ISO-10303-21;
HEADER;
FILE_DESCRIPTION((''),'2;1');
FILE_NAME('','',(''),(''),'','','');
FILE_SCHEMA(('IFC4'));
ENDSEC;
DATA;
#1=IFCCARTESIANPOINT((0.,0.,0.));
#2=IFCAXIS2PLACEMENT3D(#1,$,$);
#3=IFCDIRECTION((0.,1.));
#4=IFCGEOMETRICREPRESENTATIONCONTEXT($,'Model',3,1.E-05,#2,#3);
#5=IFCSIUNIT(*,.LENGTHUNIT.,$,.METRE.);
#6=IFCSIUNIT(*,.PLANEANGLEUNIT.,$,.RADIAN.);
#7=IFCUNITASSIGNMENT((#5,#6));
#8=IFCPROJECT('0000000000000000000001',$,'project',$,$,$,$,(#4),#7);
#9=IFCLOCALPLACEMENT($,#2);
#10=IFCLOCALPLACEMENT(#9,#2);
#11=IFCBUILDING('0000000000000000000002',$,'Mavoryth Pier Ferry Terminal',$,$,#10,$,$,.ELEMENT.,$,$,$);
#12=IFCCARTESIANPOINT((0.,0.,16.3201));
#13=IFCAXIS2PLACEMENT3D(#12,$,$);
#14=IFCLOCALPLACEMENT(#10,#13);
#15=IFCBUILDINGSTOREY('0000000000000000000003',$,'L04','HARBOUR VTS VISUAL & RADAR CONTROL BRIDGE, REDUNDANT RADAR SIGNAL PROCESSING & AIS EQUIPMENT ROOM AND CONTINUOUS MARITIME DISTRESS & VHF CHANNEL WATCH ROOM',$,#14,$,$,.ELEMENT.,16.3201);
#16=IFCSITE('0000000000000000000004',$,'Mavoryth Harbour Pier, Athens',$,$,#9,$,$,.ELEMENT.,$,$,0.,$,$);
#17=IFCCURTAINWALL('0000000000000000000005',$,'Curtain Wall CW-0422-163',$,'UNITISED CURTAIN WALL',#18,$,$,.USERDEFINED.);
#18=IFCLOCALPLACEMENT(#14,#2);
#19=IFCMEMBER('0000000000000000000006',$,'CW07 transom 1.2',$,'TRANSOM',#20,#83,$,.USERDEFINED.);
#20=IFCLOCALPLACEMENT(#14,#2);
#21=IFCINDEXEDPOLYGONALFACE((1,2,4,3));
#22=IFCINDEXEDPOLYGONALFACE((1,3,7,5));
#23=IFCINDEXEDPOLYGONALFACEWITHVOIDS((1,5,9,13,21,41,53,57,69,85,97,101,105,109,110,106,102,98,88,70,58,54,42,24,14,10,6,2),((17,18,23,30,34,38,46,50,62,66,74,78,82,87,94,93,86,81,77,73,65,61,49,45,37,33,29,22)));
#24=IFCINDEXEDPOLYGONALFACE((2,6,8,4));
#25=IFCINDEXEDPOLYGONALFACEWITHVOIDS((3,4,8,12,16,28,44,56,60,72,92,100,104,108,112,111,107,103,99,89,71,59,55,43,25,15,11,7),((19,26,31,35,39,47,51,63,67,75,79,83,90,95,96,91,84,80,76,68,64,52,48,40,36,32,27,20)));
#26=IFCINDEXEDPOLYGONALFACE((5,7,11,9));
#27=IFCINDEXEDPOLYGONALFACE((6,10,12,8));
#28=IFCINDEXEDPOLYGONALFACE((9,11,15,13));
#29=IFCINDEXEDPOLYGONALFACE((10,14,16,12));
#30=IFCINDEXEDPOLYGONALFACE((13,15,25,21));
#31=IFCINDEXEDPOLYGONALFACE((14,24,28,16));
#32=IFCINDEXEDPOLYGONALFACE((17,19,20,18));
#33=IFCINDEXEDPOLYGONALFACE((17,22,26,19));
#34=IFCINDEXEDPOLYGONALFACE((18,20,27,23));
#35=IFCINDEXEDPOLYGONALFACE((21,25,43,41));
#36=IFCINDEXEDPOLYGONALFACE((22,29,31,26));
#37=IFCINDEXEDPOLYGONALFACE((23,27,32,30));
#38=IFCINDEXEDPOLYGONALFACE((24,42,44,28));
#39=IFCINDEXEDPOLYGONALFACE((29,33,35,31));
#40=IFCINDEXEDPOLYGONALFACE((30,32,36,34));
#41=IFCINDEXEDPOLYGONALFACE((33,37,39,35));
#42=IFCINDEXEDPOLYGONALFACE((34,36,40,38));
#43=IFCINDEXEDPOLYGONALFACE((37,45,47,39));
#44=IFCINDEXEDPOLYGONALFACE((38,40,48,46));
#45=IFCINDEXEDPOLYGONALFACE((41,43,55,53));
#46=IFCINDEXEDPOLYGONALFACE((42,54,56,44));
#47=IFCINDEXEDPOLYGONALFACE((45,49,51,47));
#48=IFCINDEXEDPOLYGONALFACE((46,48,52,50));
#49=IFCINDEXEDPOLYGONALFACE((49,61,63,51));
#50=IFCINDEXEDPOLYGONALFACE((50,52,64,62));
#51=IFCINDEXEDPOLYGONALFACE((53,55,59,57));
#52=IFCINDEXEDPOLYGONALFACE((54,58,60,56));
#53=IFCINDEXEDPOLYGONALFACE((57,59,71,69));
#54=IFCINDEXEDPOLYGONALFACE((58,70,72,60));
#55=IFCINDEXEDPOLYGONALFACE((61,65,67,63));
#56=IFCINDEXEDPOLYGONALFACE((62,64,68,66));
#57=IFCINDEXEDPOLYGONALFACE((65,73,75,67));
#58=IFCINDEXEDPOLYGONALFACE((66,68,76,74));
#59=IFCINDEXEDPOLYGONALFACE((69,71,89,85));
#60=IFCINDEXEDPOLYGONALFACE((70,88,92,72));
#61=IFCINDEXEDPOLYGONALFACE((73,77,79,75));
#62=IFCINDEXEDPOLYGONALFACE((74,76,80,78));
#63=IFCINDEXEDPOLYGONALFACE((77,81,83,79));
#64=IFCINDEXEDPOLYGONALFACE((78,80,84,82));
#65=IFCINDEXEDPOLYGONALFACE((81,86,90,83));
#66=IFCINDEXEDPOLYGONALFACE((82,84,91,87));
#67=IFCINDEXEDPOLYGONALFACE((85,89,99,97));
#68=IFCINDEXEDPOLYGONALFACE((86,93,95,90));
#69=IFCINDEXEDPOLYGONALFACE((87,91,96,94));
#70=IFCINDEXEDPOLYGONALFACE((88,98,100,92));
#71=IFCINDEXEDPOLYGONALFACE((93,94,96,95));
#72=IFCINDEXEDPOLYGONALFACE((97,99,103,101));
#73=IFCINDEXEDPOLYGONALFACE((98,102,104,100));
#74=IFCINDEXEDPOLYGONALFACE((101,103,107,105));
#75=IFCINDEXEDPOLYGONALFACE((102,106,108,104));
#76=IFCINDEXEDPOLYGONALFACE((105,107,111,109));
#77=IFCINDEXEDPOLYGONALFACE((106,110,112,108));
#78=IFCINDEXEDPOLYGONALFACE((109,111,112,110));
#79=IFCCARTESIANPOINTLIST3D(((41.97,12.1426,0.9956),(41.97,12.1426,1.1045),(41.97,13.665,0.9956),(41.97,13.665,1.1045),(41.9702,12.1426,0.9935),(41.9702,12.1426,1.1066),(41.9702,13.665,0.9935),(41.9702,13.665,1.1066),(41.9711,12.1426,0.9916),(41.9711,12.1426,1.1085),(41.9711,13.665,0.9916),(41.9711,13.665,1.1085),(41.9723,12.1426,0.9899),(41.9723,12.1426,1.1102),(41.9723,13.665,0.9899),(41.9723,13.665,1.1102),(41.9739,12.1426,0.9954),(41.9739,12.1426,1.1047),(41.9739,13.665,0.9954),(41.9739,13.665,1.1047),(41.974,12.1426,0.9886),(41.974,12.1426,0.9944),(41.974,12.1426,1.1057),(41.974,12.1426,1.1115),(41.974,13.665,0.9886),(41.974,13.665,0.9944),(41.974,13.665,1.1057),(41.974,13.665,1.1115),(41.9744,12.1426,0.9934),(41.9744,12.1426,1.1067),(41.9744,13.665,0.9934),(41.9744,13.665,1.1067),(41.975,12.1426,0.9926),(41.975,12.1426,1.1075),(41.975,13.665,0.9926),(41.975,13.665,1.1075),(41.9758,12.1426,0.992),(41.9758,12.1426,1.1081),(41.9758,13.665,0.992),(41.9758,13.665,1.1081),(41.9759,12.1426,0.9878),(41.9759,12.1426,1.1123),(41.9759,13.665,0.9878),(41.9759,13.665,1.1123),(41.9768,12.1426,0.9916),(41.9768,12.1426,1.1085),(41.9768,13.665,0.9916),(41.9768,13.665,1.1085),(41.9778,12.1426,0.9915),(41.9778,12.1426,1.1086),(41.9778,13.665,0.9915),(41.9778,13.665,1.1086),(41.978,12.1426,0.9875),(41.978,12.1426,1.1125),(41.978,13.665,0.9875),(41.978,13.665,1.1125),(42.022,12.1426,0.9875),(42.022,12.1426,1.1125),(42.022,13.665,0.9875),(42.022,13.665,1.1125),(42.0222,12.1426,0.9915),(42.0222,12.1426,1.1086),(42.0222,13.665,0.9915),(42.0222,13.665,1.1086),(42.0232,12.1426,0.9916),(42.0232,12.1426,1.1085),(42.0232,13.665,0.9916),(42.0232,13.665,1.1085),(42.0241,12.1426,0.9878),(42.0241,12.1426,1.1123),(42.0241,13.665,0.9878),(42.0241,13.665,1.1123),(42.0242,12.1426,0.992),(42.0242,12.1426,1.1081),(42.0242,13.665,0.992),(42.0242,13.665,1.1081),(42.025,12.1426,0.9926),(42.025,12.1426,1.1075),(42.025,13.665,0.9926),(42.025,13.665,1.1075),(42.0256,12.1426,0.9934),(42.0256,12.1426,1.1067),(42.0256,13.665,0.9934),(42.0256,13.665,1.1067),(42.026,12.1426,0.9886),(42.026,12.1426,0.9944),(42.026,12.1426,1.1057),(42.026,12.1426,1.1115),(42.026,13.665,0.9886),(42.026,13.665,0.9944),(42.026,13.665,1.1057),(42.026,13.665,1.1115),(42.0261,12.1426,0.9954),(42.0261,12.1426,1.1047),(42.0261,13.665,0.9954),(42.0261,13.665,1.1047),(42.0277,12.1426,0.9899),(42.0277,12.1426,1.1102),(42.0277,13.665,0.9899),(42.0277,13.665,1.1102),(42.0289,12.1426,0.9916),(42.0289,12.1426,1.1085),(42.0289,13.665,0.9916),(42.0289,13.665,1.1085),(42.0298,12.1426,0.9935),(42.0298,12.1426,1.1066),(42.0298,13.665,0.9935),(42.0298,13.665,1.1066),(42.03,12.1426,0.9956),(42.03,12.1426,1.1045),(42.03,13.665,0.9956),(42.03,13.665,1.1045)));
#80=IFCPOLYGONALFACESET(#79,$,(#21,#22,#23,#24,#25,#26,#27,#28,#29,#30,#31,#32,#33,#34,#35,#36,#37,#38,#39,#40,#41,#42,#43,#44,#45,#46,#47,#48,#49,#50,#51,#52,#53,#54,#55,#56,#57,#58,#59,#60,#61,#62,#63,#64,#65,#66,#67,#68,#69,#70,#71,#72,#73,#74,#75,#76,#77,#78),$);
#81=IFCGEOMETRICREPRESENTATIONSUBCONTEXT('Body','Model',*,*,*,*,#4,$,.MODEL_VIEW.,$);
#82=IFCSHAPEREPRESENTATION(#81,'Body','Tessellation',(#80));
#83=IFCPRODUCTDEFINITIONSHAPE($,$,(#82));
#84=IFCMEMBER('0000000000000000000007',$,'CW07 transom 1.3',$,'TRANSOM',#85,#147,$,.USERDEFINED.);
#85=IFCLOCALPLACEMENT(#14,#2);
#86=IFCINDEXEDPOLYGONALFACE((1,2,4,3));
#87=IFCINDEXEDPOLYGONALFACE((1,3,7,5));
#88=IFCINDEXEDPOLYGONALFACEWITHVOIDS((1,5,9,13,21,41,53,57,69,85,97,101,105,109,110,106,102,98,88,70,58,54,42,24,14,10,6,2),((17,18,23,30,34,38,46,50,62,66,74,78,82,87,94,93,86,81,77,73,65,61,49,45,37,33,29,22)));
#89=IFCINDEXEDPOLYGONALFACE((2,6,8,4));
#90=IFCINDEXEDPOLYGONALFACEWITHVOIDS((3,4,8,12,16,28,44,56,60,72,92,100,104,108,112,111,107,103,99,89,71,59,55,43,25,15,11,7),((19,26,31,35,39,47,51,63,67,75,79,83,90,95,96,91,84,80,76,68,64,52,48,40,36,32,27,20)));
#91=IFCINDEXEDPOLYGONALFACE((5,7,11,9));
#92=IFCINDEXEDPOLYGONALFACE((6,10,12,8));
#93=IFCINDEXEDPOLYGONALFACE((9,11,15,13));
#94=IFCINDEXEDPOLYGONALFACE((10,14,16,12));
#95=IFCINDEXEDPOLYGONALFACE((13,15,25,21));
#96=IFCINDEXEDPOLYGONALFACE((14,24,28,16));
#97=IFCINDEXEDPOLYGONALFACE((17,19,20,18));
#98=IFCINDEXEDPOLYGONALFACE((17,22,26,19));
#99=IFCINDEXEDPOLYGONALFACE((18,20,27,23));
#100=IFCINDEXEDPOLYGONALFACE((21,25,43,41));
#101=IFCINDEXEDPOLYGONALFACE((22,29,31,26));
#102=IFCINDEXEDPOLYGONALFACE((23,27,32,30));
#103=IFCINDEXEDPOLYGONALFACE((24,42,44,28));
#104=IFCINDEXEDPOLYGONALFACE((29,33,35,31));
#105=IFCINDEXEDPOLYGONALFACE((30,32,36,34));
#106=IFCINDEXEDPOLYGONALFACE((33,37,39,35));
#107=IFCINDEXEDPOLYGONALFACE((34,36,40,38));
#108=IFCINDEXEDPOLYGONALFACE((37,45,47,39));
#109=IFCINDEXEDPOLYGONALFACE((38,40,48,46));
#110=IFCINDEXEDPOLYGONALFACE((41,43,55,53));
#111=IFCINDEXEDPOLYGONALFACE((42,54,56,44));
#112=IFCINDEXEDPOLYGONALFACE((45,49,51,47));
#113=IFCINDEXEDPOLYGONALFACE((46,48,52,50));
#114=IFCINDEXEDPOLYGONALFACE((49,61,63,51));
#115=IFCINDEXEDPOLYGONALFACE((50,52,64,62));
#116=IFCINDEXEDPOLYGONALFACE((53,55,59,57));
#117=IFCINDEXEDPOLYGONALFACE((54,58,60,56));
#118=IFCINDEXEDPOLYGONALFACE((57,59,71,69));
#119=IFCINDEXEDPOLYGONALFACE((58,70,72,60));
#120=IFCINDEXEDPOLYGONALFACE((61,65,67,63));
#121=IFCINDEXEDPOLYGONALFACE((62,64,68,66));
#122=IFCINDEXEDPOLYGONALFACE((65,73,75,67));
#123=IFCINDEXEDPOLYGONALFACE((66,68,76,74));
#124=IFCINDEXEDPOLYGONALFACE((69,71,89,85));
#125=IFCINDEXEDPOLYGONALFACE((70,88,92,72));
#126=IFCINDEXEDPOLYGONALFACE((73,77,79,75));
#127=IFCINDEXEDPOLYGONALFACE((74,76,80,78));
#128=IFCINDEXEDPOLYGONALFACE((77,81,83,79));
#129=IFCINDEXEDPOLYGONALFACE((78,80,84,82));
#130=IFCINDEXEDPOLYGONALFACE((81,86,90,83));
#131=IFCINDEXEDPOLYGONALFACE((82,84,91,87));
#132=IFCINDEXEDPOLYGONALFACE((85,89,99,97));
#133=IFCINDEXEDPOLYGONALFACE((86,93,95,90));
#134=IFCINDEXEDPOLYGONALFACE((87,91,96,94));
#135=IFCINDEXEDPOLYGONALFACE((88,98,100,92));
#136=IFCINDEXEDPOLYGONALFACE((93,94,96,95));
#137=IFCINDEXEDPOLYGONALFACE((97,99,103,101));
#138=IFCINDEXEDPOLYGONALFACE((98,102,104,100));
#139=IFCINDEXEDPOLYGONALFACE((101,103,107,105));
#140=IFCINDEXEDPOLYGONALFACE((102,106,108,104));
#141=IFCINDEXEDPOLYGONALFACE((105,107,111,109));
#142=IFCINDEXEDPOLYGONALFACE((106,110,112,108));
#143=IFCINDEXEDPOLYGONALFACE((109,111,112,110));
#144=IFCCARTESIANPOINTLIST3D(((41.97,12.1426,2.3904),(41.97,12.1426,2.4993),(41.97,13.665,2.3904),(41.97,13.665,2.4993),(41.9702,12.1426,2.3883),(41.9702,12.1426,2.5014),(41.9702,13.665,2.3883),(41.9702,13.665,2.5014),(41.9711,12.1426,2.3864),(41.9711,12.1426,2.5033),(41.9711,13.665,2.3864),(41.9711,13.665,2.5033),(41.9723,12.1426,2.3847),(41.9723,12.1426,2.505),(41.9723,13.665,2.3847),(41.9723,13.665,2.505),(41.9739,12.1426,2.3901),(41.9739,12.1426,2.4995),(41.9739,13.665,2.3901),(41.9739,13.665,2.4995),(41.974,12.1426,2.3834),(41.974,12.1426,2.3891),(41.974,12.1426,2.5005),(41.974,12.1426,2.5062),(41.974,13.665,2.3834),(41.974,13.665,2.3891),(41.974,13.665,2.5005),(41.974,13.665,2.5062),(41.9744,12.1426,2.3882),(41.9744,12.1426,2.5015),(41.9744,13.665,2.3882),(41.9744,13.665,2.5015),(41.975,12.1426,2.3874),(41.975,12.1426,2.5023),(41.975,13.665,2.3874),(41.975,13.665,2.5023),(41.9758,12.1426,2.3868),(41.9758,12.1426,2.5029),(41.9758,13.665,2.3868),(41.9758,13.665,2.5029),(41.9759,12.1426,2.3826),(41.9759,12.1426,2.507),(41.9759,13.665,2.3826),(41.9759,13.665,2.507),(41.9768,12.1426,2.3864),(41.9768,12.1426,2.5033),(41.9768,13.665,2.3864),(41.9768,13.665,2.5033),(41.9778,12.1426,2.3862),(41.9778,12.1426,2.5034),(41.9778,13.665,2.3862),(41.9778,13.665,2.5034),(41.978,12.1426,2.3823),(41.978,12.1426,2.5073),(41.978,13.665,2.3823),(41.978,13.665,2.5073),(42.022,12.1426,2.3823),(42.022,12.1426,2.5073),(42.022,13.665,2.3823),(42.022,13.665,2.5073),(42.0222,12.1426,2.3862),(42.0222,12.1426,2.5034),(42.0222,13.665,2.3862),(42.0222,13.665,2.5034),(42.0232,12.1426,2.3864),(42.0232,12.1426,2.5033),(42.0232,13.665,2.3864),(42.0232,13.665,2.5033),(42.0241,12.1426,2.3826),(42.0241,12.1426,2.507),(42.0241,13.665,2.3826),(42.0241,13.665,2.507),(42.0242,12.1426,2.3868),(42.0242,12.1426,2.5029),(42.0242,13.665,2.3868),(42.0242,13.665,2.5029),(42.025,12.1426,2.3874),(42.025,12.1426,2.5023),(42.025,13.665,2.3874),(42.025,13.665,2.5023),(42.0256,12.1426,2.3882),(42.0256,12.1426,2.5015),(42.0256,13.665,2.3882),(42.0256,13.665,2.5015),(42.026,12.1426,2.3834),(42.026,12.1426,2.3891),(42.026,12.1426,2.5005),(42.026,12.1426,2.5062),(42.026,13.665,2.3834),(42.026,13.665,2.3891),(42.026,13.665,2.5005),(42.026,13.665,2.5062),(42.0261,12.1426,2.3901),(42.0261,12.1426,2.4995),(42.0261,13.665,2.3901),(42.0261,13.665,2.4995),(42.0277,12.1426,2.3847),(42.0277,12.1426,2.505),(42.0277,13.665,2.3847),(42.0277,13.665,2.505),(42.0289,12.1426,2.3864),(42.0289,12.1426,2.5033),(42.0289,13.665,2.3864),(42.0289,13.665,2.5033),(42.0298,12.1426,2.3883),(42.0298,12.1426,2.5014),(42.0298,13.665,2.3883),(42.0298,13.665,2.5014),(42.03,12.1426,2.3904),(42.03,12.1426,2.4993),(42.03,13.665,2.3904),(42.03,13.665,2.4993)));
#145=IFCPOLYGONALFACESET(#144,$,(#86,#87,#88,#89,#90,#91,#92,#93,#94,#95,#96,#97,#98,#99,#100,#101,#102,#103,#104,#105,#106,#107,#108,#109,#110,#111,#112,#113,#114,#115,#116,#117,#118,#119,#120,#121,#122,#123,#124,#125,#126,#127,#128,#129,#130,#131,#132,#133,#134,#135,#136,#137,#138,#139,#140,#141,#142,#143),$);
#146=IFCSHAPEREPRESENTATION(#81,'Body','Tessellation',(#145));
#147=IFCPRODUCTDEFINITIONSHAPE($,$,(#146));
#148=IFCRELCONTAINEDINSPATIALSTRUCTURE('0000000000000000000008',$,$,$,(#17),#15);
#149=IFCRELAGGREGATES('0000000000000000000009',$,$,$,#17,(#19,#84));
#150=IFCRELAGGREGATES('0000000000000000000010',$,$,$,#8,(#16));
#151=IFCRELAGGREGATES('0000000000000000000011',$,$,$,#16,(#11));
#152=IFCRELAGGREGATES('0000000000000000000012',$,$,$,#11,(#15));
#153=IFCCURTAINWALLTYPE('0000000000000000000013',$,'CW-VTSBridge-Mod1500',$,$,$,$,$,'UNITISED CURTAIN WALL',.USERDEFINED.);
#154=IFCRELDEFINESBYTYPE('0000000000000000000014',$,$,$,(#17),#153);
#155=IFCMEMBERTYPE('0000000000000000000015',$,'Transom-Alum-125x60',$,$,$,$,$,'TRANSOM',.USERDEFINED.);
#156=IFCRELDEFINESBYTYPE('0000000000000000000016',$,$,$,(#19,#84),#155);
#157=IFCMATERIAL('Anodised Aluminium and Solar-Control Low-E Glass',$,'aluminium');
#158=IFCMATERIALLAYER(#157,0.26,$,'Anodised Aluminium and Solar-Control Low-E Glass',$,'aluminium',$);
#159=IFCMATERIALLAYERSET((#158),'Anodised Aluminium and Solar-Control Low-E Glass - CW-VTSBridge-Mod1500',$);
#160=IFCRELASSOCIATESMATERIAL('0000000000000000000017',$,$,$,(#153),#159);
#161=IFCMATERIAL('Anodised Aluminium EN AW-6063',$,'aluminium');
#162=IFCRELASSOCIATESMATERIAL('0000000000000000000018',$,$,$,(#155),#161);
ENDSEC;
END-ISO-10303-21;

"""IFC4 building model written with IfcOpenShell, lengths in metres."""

from ifc_helpers import new_model, si_unit, direction, frame, origin, origin_2d, place, context, subcontext, project, spatial, hollow_rectangle, extrude, material, layer, layer_set, material_profile, profile_set, type_object, element, aggregate, save


model = new_model("IFC4")

# Units and contexts
model_context = context("Model", 3, precision=1e-05, world=origin(), true_north=direction((0.0, 1.0)))
body_context = subcontext(model_context, "Body", "Model", "MODEL_VIEW")
ifc_project = project(units=[si_unit("LENGTHUNIT", "METRE"), si_unit("PLANEANGLEUNIT", "RADIAN")], contexts=[model_context])

# Site, building, storey
site_placement = place(None, origin())
site = spatial("IfcSite", under=ifc_project, at=site_placement, Name="Mavoryth Harbour Pier, Athens", CompositionType="ELEMENT", RefElevation=0.0)
building_placement = place(site_placement, origin())
building = spatial("IfcBuilding", under=site, at=building_placement, Name="Mavoryth Pier Ferry Terminal", CompositionType="ELEMENT")
storey_placement = place(building_placement, frame((0.0, 0.0, 16.3201)))
storey = spatial("IfcBuildingStorey", under=building, at=storey_placement, Name="L04", Description="HARBOUR VTS VISUAL & RADAR CONTROL BRIDGE, REDUNDANT RADAR SIGNAL PROCESSING & AIS EQUIPMENT ROOM AND CONTINUOUS MARITIME DISTRESS & VHF CHANNEL WATCH ROOM", CompositionType="ELEMENT", Elevation=16.3201)

# Shared definitions
ifc_material_1 = material(Name="Anodised Aluminium and Solar-Control Low-E Glass", Category="aluminium")
ifc_layer_1 = layer(ifc_material_1, 0.26, Name="Anodised Aluminium and Solar-Control Low-E Glass", Category="aluminium")
ifc_layer_set_1 = layer_set([ifc_layer_1], Name="Anodised Aluminium and Solar-Control Low-E Glass - CW-VTSBridge-Mod1500")
curtain_wall_type = type_object("IfcCurtainWallType", Name="CW-VTSBridge-Mod1500", ElementType="UNITISED CURTAIN WALL", PredefinedType="USERDEFINED", material=ifc_layer_set_1)
ifc_material_2 = material(Name="Anodised Aluminium EN AW-6063", Category="aluminium")

# Curtain wall, members
curtain_wall_1_placement = place(storey_placement, origin())
curtain_wall_1 = element("IfcCurtainWall", 1, at=curtain_wall_1_placement, inside=storey, type_object=curtain_wall_type, Name="Curtain Wall CW-0422-163", ObjectType="UNITISED CURTAIN WALL", PredefinedType="USERDEFINED")
ifc_material_profile_1 = material_profile(ifc_material_2, hollow_rectangle(XDim=0.0601, YDim=0.125, WallThickness=0.0039, InnerFilletRadius=0.0039, OuterFilletRadius=0.0081, at=origin_2d()), Name="AL-TRAN 125x60x4", Category="aluminium")
ifc_profile_set_1 = profile_set([ifc_material_profile_1], Name="Anodised Aluminium EN AW-6063 - AL-TRAN 125x60x4")
member_type_1 = type_object("IfcMemberType", Name="Transom-Alum-125x60", ElementType="TRANSOM", PredefinedType="USERDEFINED", material=ifc_profile_set_1)
member_1_placement = place(storey_placement, frame((42.0, 13.665, 1.05), z_axis=(0.0, -1.0, 0.0), x_axis=(1.0, 0.0, 0.0)))
member_1 = element("IfcMember", 2, at=member_1_placement, type_object=member_type_1, Name="CW07 transom 1.2", ObjectType="TRANSOM", PredefinedType="USERDEFINED", context=body_context, shape_type="SweptSolid", body=[
    extrude(hollow_rectangle(XDim=0.0601, YDim=0.125, WallThickness=0.0039, InnerFilletRadius=0.0039, OuterFilletRadius=0.0081, at=origin_2d()), origin(), (0.0, 0.0, 1.0), 1.5225),
])
member_2_placement = place(storey_placement, frame((42.0, 13.665, 2.4448), z_axis=(0.0, -1.0, 0.0), x_axis=(1.0, 0.0, 0.0)))
member_2 = element("IfcMember", 3, at=member_2_placement, type_object=member_type_1, Name="CW07 transom 1.3", ObjectType="TRANSOM", PredefinedType="USERDEFINED", context=body_context, shape_type="SweptSolid", body=[
    extrude(hollow_rectangle(XDim=0.0601, YDim=0.125, WallThickness=0.0039, InnerFilletRadius=0.0039, OuterFilletRadius=0.0081, at=origin_2d()), origin(), (0.0, 0.0, 1.0), 1.5225),
])
aggregate(curtain_wall_1, [member_1, member_2])

save(model, "model.ifc")
